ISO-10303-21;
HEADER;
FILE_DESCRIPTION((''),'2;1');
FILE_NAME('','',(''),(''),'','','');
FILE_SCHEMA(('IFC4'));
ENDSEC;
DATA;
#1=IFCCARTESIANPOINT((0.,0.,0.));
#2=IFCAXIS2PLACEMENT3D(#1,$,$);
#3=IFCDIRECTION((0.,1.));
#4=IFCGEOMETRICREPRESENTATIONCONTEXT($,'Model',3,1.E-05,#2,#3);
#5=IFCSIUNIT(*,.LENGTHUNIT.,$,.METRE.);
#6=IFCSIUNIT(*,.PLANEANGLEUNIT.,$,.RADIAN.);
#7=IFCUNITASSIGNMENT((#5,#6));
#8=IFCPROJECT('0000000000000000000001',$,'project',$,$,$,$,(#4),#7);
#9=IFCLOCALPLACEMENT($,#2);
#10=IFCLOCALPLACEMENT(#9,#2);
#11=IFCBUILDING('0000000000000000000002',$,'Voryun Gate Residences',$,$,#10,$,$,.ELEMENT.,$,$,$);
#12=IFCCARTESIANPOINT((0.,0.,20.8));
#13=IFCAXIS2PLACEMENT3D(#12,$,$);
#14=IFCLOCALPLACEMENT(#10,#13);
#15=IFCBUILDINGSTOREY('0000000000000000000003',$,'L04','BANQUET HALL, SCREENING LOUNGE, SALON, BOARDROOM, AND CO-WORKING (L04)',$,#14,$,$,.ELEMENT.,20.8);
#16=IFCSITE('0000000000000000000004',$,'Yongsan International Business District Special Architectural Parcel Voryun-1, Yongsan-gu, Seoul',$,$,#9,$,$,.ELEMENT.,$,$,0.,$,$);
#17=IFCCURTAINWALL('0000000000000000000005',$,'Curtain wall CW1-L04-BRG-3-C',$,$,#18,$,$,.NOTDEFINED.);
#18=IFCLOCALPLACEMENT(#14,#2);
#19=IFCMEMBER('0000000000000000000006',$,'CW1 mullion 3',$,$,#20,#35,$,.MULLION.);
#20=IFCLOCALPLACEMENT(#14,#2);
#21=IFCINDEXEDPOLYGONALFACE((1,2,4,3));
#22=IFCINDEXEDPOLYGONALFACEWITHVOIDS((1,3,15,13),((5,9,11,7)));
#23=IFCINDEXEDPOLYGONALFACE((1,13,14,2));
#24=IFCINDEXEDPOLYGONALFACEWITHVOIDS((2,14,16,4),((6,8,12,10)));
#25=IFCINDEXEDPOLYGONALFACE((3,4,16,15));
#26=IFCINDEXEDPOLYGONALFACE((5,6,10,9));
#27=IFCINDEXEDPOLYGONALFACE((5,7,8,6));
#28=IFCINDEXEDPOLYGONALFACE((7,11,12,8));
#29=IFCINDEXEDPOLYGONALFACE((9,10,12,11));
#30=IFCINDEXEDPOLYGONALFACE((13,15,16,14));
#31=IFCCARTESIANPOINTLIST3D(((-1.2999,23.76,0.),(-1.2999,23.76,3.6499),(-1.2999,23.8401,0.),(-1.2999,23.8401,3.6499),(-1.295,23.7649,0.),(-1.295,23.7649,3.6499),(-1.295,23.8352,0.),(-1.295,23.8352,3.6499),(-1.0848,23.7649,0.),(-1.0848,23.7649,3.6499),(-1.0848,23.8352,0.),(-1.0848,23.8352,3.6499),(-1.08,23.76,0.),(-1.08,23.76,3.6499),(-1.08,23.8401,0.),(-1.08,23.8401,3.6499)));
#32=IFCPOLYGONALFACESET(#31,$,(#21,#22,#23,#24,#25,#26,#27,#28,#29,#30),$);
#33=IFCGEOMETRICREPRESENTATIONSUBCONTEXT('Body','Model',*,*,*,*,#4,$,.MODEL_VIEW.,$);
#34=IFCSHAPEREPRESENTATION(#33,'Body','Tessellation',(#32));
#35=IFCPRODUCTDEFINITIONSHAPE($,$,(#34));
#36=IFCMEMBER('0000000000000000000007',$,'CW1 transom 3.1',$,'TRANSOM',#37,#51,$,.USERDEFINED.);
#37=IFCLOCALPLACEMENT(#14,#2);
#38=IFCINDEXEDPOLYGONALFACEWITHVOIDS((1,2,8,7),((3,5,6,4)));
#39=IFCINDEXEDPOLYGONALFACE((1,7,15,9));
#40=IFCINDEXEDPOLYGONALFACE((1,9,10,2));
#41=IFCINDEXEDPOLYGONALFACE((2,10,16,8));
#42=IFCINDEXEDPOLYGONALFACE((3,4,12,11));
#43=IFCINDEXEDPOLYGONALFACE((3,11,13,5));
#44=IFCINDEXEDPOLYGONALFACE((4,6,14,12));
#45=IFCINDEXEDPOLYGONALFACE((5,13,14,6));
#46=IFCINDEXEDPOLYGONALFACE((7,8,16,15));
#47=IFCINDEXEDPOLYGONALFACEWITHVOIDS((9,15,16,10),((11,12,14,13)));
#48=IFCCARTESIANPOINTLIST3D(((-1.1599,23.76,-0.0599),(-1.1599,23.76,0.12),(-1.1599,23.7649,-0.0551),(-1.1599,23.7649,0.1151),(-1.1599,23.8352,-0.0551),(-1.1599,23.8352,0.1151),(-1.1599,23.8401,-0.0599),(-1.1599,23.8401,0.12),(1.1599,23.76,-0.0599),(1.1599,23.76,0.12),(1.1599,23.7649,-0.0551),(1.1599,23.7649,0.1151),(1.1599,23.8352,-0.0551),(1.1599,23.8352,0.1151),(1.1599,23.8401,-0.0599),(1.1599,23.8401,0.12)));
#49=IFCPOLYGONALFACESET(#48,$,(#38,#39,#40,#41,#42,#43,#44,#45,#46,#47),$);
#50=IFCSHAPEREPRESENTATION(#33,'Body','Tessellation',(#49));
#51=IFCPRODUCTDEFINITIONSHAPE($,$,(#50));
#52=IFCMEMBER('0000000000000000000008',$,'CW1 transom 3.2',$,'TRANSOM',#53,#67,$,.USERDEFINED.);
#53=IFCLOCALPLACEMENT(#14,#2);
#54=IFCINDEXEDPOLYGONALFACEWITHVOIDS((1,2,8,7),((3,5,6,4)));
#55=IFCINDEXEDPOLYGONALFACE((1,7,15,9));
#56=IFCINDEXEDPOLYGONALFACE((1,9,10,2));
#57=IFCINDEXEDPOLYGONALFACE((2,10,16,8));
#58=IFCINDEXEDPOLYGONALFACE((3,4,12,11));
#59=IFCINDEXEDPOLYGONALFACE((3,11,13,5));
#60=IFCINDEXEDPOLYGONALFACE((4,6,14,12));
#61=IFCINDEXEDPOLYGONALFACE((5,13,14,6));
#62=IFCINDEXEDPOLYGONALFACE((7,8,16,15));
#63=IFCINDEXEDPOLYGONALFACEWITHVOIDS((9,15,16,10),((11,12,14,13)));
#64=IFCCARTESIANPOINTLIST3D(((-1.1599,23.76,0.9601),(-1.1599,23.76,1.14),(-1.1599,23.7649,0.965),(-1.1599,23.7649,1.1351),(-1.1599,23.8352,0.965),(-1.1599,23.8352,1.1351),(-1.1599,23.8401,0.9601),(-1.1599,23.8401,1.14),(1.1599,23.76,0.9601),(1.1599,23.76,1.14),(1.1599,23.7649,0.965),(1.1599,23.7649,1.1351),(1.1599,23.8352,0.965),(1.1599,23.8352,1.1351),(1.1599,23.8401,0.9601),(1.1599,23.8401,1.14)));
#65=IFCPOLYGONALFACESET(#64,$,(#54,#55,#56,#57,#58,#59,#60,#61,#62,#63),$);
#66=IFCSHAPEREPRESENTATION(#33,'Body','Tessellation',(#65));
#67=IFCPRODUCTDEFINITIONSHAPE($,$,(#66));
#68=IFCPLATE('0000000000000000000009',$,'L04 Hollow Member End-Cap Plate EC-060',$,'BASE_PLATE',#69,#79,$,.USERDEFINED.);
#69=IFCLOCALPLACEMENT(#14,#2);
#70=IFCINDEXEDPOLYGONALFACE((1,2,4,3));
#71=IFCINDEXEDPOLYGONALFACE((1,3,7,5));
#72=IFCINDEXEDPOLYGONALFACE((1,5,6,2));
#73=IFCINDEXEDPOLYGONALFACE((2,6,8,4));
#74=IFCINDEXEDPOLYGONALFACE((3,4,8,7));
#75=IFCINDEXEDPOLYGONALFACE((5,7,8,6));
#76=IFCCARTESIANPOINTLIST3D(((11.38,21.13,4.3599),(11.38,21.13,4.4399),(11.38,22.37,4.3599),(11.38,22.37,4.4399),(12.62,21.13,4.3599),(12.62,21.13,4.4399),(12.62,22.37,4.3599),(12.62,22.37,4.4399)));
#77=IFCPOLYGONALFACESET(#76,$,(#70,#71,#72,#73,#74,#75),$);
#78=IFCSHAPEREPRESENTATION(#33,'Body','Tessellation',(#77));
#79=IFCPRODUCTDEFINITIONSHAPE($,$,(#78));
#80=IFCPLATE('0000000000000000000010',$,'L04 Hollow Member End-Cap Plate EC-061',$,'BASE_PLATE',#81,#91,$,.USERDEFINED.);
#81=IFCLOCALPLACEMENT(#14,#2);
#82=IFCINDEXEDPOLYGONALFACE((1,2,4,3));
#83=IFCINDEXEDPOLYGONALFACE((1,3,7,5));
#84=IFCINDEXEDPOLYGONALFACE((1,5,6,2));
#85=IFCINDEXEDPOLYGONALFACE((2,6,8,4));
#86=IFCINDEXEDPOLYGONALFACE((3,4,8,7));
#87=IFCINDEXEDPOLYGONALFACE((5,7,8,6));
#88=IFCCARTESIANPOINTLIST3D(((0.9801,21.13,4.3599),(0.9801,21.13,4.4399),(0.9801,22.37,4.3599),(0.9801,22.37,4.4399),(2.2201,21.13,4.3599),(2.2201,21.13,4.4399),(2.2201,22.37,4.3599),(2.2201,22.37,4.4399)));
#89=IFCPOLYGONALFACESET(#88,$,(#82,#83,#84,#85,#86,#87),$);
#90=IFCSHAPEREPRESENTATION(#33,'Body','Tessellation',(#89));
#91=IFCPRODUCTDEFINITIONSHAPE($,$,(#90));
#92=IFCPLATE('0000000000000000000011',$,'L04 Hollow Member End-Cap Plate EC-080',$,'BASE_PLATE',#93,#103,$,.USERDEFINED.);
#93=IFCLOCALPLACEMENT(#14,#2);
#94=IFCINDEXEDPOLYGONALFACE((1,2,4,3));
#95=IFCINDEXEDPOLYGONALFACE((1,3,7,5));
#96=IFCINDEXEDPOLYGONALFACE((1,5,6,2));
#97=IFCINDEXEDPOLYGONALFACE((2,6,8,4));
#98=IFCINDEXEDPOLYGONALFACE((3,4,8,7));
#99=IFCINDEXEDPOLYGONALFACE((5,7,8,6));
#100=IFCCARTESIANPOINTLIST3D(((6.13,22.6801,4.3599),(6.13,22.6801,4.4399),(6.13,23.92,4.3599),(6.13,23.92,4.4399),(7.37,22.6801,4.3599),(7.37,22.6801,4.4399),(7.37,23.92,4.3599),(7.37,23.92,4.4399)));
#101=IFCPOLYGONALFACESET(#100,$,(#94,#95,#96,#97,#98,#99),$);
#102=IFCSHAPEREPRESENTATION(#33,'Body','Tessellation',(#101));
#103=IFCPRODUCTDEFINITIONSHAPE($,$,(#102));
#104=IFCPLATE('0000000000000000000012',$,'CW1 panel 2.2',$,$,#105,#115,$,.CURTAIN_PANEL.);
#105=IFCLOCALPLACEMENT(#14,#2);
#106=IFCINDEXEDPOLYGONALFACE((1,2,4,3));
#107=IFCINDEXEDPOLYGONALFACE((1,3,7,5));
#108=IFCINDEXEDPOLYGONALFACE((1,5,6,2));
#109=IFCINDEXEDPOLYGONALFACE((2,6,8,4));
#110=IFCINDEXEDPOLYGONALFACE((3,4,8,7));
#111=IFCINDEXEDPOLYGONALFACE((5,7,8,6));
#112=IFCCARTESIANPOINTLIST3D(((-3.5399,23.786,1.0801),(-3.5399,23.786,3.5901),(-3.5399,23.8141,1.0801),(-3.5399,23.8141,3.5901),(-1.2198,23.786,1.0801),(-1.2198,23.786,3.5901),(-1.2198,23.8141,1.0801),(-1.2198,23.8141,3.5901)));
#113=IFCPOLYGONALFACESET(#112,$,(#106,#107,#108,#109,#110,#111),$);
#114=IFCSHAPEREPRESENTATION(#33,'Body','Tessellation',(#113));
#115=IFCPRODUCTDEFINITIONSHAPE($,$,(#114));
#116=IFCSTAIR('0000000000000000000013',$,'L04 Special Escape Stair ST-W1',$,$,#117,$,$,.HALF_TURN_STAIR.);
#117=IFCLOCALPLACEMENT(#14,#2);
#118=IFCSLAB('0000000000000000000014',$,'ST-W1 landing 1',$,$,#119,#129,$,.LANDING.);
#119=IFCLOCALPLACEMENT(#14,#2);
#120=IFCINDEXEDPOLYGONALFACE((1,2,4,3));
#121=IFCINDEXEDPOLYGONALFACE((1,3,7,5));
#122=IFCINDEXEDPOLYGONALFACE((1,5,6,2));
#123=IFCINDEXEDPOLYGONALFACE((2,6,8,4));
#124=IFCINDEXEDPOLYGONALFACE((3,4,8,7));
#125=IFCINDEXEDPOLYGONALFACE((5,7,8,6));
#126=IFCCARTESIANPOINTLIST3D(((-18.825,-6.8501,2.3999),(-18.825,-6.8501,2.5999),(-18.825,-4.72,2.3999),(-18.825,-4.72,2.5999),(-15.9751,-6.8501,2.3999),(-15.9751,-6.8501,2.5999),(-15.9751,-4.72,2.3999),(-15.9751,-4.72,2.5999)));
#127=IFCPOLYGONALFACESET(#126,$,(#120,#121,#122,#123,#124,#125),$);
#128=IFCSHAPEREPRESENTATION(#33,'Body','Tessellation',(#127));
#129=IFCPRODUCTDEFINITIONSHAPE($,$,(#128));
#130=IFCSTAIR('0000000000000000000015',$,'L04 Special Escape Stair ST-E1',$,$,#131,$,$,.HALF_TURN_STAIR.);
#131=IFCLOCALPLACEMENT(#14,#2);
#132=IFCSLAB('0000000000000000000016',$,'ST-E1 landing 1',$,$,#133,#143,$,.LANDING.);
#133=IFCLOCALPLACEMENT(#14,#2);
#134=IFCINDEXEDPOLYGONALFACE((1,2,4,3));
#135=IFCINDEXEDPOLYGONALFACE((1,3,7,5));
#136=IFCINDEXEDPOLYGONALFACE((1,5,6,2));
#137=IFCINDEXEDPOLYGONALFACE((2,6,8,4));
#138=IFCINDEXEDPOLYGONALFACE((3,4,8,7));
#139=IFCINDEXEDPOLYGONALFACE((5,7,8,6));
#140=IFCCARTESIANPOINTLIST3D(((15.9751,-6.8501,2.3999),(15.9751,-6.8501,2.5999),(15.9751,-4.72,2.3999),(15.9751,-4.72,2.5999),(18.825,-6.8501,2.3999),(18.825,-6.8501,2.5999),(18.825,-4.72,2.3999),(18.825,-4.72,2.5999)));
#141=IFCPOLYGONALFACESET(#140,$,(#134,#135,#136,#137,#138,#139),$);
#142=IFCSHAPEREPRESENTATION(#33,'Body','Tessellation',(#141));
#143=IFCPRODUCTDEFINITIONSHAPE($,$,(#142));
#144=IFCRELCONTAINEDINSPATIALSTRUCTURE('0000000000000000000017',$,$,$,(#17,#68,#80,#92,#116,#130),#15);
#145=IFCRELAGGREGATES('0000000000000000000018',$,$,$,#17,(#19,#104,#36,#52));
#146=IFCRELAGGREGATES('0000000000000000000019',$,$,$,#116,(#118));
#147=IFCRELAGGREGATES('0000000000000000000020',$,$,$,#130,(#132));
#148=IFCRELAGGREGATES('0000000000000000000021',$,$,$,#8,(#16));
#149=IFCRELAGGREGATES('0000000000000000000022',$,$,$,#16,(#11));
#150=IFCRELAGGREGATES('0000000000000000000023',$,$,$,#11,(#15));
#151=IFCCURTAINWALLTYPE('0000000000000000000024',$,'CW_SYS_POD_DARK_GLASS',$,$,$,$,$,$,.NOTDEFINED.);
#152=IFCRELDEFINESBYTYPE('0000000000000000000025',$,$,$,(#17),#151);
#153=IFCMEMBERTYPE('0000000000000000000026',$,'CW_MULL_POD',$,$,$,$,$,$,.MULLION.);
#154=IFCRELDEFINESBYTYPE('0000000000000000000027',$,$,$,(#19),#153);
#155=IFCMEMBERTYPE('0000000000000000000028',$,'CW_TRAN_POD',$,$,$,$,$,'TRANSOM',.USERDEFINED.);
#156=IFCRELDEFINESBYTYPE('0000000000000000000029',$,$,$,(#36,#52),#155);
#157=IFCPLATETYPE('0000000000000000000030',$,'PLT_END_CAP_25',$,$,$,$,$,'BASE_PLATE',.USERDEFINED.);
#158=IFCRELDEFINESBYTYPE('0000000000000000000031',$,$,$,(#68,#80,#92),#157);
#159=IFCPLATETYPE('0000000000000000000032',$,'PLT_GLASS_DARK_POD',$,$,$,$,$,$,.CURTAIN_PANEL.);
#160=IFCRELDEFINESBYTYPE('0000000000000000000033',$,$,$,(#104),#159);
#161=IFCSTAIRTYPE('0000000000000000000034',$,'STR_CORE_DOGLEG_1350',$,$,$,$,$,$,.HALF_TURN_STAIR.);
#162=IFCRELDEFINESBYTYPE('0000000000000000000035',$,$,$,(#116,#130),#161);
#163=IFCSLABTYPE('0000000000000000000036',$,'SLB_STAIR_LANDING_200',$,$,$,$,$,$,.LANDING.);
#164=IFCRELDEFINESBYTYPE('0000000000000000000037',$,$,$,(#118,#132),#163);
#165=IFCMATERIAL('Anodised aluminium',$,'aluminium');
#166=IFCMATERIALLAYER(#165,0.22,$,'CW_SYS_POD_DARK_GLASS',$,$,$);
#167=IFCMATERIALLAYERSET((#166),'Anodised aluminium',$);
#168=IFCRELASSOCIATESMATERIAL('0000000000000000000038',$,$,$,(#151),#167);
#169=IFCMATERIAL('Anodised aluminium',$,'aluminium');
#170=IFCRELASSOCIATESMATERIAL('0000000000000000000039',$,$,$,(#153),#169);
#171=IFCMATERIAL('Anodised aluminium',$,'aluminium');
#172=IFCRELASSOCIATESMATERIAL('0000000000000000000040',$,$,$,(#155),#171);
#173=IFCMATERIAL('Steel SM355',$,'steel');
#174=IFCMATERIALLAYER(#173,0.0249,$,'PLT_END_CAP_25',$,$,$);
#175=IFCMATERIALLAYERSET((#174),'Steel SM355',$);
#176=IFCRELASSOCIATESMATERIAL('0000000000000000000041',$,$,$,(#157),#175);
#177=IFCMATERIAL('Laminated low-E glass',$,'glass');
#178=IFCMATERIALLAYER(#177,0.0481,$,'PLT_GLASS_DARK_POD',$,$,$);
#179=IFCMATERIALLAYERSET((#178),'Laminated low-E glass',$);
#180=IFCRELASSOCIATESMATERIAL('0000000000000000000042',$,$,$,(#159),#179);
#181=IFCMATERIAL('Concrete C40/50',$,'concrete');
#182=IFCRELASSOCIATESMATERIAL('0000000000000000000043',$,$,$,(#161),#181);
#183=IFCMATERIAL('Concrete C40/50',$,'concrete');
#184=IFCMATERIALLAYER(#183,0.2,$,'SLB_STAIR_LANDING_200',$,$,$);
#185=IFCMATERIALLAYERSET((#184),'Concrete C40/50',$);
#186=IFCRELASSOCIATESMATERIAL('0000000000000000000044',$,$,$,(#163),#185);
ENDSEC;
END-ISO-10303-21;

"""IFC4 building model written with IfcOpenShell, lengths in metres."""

from ifc_helpers import new_model, si_unit, direction, frame, origin, origin_2d, place, context, subcontext, project, spatial, polyline, rectangle, hollow_rectangle, outline, extrude, material, layer, layer_set, material_profile, profile_set, type_object, element, aggregate, save


model = new_model("IFC4")

# Units and contexts
model_context = context("Model", 3, precision=1e-05, world=origin(), true_north=direction((0.0, 1.0)))
body_context = subcontext(model_context, "Body", "Model", "MODEL_VIEW")
ifc_project = project(units=[si_unit("LENGTHUNIT", "METRE"), si_unit("PLANEANGLEUNIT", "RADIAN")], contexts=[model_context])

# Site, building, storey
site_placement = place(None, origin())
site = spatial("IfcSite", under=ifc_project, at=site_placement, Name="Yongsan International Business District Special Architectural Parcel Voryun-1, Yongsan-gu, Seoul", CompositionType="ELEMENT", RefElevation=0.0)
building_placement = place(site_placement, origin())
building = spatial("IfcBuilding", under=site, at=building_placement, Name="Voryun Gate Residences", CompositionType="ELEMENT")
storey_placement = place(building_placement, frame((0.0, 0.0, 20.8)))
storey = spatial("IfcBuildingStorey", under=building, at=storey_placement, Name="L04", Description="BANQUET HALL, SCREENING LOUNGE, SALON, BOARDROOM, AND CO-WORKING (L04)", CompositionType="ELEMENT", Elevation=20.8)

# Curtain wall, members
ifc_material_1 = material(Name="Anodised aluminium", Category="aluminium")
ifc_layer_1 = layer(ifc_material_1, 0.22, Name="CW_SYS_POD_DARK_GLASS")
ifc_layer_set_1 = layer_set([ifc_layer_1], Name="Anodised aluminium")
curtain_wall_type = type_object("IfcCurtainWallType", Name="CW_SYS_POD_DARK_GLASS", PredefinedType="NOTDEFINED", material=ifc_layer_set_1)
curtain_wall_placement = place(storey_placement, origin())
curtain_wall = element("IfcCurtainWall", 1, at=curtain_wall_placement, inside=storey, type_object=curtain_wall_type, Name="Curtain wall CW1-L04-BRG-3-C", PredefinedType="NOTDEFINED")
ifc_material_2 = material(Name="Anodised aluminium", Category="aluminium")
ifc_material_profile_1 = material_profile(ifc_material_2, hollow_rectangle(XDim=0.0801, YDim=0.22, WallThickness=0.0049, at=origin_2d()), Name="ALU-MULL-220x80x5")
ifc_profile_set_1 = profile_set([ifc_material_profile_1], Name="Anodised aluminium")
member_type_1 = type_object("IfcMemberType", Name="CW_MULL_POD", PredefinedType="MULLION", material=ifc_profile_set_1)
member_1_placement = place(storey_placement, frame((-1.1899, 23.8, 0.0), z_axis=(0.0, 0.0, 1.0), x_axis=(0.0, 1.0, 0.0)))
member_1 = element("IfcMember", 2, at=member_1_placement, type_object=member_type_1, Name="CW1 mullion 3", PredefinedType="MULLION", context=body_context, shape_type="SweptSolid", body=[
    extrude(hollow_rectangle(XDim=0.0801, YDim=0.22, WallThickness=0.0049, at=origin_2d()), origin(), (0.0, 0.0, 1.0), 3.6499),
])
ifc_material_3 = material(Name="Anodised aluminium", Category="aluminium")
ifc_material_profile_2 = material_profile(ifc_material_3, hollow_rectangle(XDim=0.0801, YDim=0.1799, WallThickness=0.0049, at=origin_2d()), Name="ALU-TRAN-180x80x5")
ifc_profile_set_2 = profile_set([ifc_material_profile_2], Name="Anodised aluminium")
member_type_2 = type_object("IfcMemberType", Name="CW_TRAN_POD", ElementType="TRANSOM", PredefinedType="USERDEFINED", material=ifc_profile_set_2)
member_2_placement = place(storey_placement, frame((-1.1599, 23.8, 0.03), z_axis=(1.0, 0.0, 0.0), x_axis=(0.0, 1.0, 0.0)))
member_2 = element("IfcMember", 3, at=member_2_placement, type_object=member_type_2, Name="CW1 transom 3.1", ObjectType="TRANSOM", PredefinedType="USERDEFINED", context=body_context, shape_type="SweptSolid", body=[
    extrude(hollow_rectangle(XDim=0.0801, YDim=0.1799, WallThickness=0.0049, at=origin_2d()), origin(), (0.0, 0.0, 1.0), 2.3198),
])
member_3_placement = place(storey_placement, frame((-1.1599, 23.8, 1.05), z_axis=(1.0, 0.0, 0.0), x_axis=(0.0, 1.0, 0.0)))
member_3 = element("IfcMember", 4, at=member_3_placement, type_object=member_type_2, Name="CW1 transom 3.2", ObjectType="TRANSOM", PredefinedType="USERDEFINED", context=body_context, shape_type="SweptSolid", body=[
    extrude(hollow_rectangle(XDim=0.0801, YDim=0.1799, WallThickness=0.0049, at=origin_2d()), origin(), (0.0, 0.0, 1.0), 2.3198),
])

# Plates
ifc_material_4 = material(Name="Steel SM355", Category="steel")
ifc_layer_2 = layer(ifc_material_4, 0.0249, Name="PLT_END_CAP_25")
ifc_layer_set_2 = layer_set([ifc_layer_2], Name="Steel SM355")
plate_type_1 = type_object("IfcPlateType", Name="PLT_END_CAP_25", ElementType="BASE_PLATE", PredefinedType="USERDEFINED", material=ifc_layer_set_2)
for number, where, z_axis, x_axis, name in (
    (5, (12.0, 21.75, 4.3599), (0.0, 0.0, 1.0), (1.0, 0.0, 0.0), "L04 Hollow Member End-Cap Plate EC-060"),
    (6, (1.6001, 21.75, 4.3599), (0.0, 0.0, 1.0), (1.0, 0.0, 0.0), "L04 Hollow Member End-Cap Plate EC-061"),
    (7, (6.75, 23.3, 4.3599), (0.0, 0.0, 1.0), (1.0, 0.0, 0.0), "L04 Hollow Member End-Cap Plate EC-080"),
):
    element("IfcPlate", number, at=place(storey_placement, frame(where, z_axis=z_axis, x_axis=x_axis)), inside=storey, type_object=plate_type_1, Name=name, ObjectType="BASE_PLATE", PredefinedType="USERDEFINED", context=body_context, shape_type="SweptSolid", body=[
        extrude(rectangle(XDim=1.24, YDim=1.24, at=origin_2d()), origin(), (0.0, 0.0, 1.0), 0.0801),
    ])

# Plate
ifc_material_5 = material(Name="Laminated low-E glass", Category="glass")
ifc_layer_3 = layer(ifc_material_5, 0.0481, Name="PLT_GLASS_DARK_POD")
ifc_layer_set_3 = layer_set([ifc_layer_3], Name="Laminated low-E glass")
plate_type_2 = type_object("IfcPlateType", Name="PLT_GLASS_DARK_POD", PredefinedType="CURTAIN_PANEL", material=ifc_layer_set_3)
plate_placement = place(storey_placement, frame((-2.3799, 23.8, 1.0801), z_axis=(0.0, 0.0, 1.0), x_axis=(1.0, 0.0, 0.0)))
plate = element("IfcPlate", 8, at=plate_placement, type_object=plate_type_2, Name="CW1 panel 2.2", PredefinedType="CURTAIN_PANEL", context=body_context, shape_type="SweptSolid", body=[
    extrude(rectangle(XDim=2.3201, YDim=0.0281, at=origin_2d()), origin(), (0.0, 0.0, 1.0), 2.51),
])
aggregate(curtain_wall, [member_1, plate, member_2, member_3])

# Stairs, slabs
ifc_material_6 = material(Name="Concrete C40/50", Category="concrete")
stair_type = type_object("IfcStairType", Name="STR_CORE_DOGLEG_1350", PredefinedType="HALF_TURN_STAIR", material=ifc_material_6)
stair_1_placement = place(storey_placement, origin())
stair_1 = element("IfcStair", 9, at=stair_1_placement, inside=storey, type_object=stair_type, Name="L04 Special Escape Stair ST-W1", PredefinedType="HALF_TURN_STAIR")
ifc_material_7 = material(Name="Concrete C40/50", Category="concrete")
ifc_layer_4 = layer(ifc_material_7, 0.2, Name="SLB_STAIR_LANDING_200")
ifc_layer_set_4 = layer_set([ifc_layer_4], Name="Concrete C40/50")
slab_type_1 = type_object("IfcSlabType", Name="SLB_STAIR_LANDING_200", PredefinedType="LANDING", material=ifc_layer_set_4)
slab_1_placement = place(storey_placement, frame((0.0, 0.0, 2.3999)))
slab_1 = element("IfcSlab", 10, at=slab_1_placement, type_object=slab_type_1, Name="ST-W1 landing 1", PredefinedType="LANDING", context=body_context, shape_type="SweptSolid", body=[
    extrude(outline(polyline([(-18.825, -4.72), (-18.825, -6.8501), (-15.9751, -6.8501), (-15.9751, -4.72), (-18.825, -4.72)])), origin(), (0.0, 0.0, 1.0), 0.2),
])
aggregate(stair_1, [slab_1])
stair_2_placement = place(storey_placement, origin())
stair_2 = element("IfcStair", 11, at=stair_2_placement, inside=storey, type_object=stair_type, Name="L04 Special Escape Stair ST-E1", PredefinedType="HALF_TURN_STAIR")
slab_2_placement = place(storey_placement, frame((0.0, 0.0, 2.3999)))
slab_2 = element("IfcSlab", 12, at=slab_2_placement, type_object=slab_type_1, Name="ST-E1 landing 1", PredefinedType="LANDING", context=body_context, shape_type="SweptSolid", body=[
    extrude(outline(polyline([(15.9751, -4.72), (15.9751, -6.8501), (18.825, -6.8501), (18.825, -4.72), (15.9751, -4.72)])), origin(), (0.0, 0.0, 1.0), 0.2),
])
aggregate(stair_2, [slab_2])

save(model, "model.ifc")
